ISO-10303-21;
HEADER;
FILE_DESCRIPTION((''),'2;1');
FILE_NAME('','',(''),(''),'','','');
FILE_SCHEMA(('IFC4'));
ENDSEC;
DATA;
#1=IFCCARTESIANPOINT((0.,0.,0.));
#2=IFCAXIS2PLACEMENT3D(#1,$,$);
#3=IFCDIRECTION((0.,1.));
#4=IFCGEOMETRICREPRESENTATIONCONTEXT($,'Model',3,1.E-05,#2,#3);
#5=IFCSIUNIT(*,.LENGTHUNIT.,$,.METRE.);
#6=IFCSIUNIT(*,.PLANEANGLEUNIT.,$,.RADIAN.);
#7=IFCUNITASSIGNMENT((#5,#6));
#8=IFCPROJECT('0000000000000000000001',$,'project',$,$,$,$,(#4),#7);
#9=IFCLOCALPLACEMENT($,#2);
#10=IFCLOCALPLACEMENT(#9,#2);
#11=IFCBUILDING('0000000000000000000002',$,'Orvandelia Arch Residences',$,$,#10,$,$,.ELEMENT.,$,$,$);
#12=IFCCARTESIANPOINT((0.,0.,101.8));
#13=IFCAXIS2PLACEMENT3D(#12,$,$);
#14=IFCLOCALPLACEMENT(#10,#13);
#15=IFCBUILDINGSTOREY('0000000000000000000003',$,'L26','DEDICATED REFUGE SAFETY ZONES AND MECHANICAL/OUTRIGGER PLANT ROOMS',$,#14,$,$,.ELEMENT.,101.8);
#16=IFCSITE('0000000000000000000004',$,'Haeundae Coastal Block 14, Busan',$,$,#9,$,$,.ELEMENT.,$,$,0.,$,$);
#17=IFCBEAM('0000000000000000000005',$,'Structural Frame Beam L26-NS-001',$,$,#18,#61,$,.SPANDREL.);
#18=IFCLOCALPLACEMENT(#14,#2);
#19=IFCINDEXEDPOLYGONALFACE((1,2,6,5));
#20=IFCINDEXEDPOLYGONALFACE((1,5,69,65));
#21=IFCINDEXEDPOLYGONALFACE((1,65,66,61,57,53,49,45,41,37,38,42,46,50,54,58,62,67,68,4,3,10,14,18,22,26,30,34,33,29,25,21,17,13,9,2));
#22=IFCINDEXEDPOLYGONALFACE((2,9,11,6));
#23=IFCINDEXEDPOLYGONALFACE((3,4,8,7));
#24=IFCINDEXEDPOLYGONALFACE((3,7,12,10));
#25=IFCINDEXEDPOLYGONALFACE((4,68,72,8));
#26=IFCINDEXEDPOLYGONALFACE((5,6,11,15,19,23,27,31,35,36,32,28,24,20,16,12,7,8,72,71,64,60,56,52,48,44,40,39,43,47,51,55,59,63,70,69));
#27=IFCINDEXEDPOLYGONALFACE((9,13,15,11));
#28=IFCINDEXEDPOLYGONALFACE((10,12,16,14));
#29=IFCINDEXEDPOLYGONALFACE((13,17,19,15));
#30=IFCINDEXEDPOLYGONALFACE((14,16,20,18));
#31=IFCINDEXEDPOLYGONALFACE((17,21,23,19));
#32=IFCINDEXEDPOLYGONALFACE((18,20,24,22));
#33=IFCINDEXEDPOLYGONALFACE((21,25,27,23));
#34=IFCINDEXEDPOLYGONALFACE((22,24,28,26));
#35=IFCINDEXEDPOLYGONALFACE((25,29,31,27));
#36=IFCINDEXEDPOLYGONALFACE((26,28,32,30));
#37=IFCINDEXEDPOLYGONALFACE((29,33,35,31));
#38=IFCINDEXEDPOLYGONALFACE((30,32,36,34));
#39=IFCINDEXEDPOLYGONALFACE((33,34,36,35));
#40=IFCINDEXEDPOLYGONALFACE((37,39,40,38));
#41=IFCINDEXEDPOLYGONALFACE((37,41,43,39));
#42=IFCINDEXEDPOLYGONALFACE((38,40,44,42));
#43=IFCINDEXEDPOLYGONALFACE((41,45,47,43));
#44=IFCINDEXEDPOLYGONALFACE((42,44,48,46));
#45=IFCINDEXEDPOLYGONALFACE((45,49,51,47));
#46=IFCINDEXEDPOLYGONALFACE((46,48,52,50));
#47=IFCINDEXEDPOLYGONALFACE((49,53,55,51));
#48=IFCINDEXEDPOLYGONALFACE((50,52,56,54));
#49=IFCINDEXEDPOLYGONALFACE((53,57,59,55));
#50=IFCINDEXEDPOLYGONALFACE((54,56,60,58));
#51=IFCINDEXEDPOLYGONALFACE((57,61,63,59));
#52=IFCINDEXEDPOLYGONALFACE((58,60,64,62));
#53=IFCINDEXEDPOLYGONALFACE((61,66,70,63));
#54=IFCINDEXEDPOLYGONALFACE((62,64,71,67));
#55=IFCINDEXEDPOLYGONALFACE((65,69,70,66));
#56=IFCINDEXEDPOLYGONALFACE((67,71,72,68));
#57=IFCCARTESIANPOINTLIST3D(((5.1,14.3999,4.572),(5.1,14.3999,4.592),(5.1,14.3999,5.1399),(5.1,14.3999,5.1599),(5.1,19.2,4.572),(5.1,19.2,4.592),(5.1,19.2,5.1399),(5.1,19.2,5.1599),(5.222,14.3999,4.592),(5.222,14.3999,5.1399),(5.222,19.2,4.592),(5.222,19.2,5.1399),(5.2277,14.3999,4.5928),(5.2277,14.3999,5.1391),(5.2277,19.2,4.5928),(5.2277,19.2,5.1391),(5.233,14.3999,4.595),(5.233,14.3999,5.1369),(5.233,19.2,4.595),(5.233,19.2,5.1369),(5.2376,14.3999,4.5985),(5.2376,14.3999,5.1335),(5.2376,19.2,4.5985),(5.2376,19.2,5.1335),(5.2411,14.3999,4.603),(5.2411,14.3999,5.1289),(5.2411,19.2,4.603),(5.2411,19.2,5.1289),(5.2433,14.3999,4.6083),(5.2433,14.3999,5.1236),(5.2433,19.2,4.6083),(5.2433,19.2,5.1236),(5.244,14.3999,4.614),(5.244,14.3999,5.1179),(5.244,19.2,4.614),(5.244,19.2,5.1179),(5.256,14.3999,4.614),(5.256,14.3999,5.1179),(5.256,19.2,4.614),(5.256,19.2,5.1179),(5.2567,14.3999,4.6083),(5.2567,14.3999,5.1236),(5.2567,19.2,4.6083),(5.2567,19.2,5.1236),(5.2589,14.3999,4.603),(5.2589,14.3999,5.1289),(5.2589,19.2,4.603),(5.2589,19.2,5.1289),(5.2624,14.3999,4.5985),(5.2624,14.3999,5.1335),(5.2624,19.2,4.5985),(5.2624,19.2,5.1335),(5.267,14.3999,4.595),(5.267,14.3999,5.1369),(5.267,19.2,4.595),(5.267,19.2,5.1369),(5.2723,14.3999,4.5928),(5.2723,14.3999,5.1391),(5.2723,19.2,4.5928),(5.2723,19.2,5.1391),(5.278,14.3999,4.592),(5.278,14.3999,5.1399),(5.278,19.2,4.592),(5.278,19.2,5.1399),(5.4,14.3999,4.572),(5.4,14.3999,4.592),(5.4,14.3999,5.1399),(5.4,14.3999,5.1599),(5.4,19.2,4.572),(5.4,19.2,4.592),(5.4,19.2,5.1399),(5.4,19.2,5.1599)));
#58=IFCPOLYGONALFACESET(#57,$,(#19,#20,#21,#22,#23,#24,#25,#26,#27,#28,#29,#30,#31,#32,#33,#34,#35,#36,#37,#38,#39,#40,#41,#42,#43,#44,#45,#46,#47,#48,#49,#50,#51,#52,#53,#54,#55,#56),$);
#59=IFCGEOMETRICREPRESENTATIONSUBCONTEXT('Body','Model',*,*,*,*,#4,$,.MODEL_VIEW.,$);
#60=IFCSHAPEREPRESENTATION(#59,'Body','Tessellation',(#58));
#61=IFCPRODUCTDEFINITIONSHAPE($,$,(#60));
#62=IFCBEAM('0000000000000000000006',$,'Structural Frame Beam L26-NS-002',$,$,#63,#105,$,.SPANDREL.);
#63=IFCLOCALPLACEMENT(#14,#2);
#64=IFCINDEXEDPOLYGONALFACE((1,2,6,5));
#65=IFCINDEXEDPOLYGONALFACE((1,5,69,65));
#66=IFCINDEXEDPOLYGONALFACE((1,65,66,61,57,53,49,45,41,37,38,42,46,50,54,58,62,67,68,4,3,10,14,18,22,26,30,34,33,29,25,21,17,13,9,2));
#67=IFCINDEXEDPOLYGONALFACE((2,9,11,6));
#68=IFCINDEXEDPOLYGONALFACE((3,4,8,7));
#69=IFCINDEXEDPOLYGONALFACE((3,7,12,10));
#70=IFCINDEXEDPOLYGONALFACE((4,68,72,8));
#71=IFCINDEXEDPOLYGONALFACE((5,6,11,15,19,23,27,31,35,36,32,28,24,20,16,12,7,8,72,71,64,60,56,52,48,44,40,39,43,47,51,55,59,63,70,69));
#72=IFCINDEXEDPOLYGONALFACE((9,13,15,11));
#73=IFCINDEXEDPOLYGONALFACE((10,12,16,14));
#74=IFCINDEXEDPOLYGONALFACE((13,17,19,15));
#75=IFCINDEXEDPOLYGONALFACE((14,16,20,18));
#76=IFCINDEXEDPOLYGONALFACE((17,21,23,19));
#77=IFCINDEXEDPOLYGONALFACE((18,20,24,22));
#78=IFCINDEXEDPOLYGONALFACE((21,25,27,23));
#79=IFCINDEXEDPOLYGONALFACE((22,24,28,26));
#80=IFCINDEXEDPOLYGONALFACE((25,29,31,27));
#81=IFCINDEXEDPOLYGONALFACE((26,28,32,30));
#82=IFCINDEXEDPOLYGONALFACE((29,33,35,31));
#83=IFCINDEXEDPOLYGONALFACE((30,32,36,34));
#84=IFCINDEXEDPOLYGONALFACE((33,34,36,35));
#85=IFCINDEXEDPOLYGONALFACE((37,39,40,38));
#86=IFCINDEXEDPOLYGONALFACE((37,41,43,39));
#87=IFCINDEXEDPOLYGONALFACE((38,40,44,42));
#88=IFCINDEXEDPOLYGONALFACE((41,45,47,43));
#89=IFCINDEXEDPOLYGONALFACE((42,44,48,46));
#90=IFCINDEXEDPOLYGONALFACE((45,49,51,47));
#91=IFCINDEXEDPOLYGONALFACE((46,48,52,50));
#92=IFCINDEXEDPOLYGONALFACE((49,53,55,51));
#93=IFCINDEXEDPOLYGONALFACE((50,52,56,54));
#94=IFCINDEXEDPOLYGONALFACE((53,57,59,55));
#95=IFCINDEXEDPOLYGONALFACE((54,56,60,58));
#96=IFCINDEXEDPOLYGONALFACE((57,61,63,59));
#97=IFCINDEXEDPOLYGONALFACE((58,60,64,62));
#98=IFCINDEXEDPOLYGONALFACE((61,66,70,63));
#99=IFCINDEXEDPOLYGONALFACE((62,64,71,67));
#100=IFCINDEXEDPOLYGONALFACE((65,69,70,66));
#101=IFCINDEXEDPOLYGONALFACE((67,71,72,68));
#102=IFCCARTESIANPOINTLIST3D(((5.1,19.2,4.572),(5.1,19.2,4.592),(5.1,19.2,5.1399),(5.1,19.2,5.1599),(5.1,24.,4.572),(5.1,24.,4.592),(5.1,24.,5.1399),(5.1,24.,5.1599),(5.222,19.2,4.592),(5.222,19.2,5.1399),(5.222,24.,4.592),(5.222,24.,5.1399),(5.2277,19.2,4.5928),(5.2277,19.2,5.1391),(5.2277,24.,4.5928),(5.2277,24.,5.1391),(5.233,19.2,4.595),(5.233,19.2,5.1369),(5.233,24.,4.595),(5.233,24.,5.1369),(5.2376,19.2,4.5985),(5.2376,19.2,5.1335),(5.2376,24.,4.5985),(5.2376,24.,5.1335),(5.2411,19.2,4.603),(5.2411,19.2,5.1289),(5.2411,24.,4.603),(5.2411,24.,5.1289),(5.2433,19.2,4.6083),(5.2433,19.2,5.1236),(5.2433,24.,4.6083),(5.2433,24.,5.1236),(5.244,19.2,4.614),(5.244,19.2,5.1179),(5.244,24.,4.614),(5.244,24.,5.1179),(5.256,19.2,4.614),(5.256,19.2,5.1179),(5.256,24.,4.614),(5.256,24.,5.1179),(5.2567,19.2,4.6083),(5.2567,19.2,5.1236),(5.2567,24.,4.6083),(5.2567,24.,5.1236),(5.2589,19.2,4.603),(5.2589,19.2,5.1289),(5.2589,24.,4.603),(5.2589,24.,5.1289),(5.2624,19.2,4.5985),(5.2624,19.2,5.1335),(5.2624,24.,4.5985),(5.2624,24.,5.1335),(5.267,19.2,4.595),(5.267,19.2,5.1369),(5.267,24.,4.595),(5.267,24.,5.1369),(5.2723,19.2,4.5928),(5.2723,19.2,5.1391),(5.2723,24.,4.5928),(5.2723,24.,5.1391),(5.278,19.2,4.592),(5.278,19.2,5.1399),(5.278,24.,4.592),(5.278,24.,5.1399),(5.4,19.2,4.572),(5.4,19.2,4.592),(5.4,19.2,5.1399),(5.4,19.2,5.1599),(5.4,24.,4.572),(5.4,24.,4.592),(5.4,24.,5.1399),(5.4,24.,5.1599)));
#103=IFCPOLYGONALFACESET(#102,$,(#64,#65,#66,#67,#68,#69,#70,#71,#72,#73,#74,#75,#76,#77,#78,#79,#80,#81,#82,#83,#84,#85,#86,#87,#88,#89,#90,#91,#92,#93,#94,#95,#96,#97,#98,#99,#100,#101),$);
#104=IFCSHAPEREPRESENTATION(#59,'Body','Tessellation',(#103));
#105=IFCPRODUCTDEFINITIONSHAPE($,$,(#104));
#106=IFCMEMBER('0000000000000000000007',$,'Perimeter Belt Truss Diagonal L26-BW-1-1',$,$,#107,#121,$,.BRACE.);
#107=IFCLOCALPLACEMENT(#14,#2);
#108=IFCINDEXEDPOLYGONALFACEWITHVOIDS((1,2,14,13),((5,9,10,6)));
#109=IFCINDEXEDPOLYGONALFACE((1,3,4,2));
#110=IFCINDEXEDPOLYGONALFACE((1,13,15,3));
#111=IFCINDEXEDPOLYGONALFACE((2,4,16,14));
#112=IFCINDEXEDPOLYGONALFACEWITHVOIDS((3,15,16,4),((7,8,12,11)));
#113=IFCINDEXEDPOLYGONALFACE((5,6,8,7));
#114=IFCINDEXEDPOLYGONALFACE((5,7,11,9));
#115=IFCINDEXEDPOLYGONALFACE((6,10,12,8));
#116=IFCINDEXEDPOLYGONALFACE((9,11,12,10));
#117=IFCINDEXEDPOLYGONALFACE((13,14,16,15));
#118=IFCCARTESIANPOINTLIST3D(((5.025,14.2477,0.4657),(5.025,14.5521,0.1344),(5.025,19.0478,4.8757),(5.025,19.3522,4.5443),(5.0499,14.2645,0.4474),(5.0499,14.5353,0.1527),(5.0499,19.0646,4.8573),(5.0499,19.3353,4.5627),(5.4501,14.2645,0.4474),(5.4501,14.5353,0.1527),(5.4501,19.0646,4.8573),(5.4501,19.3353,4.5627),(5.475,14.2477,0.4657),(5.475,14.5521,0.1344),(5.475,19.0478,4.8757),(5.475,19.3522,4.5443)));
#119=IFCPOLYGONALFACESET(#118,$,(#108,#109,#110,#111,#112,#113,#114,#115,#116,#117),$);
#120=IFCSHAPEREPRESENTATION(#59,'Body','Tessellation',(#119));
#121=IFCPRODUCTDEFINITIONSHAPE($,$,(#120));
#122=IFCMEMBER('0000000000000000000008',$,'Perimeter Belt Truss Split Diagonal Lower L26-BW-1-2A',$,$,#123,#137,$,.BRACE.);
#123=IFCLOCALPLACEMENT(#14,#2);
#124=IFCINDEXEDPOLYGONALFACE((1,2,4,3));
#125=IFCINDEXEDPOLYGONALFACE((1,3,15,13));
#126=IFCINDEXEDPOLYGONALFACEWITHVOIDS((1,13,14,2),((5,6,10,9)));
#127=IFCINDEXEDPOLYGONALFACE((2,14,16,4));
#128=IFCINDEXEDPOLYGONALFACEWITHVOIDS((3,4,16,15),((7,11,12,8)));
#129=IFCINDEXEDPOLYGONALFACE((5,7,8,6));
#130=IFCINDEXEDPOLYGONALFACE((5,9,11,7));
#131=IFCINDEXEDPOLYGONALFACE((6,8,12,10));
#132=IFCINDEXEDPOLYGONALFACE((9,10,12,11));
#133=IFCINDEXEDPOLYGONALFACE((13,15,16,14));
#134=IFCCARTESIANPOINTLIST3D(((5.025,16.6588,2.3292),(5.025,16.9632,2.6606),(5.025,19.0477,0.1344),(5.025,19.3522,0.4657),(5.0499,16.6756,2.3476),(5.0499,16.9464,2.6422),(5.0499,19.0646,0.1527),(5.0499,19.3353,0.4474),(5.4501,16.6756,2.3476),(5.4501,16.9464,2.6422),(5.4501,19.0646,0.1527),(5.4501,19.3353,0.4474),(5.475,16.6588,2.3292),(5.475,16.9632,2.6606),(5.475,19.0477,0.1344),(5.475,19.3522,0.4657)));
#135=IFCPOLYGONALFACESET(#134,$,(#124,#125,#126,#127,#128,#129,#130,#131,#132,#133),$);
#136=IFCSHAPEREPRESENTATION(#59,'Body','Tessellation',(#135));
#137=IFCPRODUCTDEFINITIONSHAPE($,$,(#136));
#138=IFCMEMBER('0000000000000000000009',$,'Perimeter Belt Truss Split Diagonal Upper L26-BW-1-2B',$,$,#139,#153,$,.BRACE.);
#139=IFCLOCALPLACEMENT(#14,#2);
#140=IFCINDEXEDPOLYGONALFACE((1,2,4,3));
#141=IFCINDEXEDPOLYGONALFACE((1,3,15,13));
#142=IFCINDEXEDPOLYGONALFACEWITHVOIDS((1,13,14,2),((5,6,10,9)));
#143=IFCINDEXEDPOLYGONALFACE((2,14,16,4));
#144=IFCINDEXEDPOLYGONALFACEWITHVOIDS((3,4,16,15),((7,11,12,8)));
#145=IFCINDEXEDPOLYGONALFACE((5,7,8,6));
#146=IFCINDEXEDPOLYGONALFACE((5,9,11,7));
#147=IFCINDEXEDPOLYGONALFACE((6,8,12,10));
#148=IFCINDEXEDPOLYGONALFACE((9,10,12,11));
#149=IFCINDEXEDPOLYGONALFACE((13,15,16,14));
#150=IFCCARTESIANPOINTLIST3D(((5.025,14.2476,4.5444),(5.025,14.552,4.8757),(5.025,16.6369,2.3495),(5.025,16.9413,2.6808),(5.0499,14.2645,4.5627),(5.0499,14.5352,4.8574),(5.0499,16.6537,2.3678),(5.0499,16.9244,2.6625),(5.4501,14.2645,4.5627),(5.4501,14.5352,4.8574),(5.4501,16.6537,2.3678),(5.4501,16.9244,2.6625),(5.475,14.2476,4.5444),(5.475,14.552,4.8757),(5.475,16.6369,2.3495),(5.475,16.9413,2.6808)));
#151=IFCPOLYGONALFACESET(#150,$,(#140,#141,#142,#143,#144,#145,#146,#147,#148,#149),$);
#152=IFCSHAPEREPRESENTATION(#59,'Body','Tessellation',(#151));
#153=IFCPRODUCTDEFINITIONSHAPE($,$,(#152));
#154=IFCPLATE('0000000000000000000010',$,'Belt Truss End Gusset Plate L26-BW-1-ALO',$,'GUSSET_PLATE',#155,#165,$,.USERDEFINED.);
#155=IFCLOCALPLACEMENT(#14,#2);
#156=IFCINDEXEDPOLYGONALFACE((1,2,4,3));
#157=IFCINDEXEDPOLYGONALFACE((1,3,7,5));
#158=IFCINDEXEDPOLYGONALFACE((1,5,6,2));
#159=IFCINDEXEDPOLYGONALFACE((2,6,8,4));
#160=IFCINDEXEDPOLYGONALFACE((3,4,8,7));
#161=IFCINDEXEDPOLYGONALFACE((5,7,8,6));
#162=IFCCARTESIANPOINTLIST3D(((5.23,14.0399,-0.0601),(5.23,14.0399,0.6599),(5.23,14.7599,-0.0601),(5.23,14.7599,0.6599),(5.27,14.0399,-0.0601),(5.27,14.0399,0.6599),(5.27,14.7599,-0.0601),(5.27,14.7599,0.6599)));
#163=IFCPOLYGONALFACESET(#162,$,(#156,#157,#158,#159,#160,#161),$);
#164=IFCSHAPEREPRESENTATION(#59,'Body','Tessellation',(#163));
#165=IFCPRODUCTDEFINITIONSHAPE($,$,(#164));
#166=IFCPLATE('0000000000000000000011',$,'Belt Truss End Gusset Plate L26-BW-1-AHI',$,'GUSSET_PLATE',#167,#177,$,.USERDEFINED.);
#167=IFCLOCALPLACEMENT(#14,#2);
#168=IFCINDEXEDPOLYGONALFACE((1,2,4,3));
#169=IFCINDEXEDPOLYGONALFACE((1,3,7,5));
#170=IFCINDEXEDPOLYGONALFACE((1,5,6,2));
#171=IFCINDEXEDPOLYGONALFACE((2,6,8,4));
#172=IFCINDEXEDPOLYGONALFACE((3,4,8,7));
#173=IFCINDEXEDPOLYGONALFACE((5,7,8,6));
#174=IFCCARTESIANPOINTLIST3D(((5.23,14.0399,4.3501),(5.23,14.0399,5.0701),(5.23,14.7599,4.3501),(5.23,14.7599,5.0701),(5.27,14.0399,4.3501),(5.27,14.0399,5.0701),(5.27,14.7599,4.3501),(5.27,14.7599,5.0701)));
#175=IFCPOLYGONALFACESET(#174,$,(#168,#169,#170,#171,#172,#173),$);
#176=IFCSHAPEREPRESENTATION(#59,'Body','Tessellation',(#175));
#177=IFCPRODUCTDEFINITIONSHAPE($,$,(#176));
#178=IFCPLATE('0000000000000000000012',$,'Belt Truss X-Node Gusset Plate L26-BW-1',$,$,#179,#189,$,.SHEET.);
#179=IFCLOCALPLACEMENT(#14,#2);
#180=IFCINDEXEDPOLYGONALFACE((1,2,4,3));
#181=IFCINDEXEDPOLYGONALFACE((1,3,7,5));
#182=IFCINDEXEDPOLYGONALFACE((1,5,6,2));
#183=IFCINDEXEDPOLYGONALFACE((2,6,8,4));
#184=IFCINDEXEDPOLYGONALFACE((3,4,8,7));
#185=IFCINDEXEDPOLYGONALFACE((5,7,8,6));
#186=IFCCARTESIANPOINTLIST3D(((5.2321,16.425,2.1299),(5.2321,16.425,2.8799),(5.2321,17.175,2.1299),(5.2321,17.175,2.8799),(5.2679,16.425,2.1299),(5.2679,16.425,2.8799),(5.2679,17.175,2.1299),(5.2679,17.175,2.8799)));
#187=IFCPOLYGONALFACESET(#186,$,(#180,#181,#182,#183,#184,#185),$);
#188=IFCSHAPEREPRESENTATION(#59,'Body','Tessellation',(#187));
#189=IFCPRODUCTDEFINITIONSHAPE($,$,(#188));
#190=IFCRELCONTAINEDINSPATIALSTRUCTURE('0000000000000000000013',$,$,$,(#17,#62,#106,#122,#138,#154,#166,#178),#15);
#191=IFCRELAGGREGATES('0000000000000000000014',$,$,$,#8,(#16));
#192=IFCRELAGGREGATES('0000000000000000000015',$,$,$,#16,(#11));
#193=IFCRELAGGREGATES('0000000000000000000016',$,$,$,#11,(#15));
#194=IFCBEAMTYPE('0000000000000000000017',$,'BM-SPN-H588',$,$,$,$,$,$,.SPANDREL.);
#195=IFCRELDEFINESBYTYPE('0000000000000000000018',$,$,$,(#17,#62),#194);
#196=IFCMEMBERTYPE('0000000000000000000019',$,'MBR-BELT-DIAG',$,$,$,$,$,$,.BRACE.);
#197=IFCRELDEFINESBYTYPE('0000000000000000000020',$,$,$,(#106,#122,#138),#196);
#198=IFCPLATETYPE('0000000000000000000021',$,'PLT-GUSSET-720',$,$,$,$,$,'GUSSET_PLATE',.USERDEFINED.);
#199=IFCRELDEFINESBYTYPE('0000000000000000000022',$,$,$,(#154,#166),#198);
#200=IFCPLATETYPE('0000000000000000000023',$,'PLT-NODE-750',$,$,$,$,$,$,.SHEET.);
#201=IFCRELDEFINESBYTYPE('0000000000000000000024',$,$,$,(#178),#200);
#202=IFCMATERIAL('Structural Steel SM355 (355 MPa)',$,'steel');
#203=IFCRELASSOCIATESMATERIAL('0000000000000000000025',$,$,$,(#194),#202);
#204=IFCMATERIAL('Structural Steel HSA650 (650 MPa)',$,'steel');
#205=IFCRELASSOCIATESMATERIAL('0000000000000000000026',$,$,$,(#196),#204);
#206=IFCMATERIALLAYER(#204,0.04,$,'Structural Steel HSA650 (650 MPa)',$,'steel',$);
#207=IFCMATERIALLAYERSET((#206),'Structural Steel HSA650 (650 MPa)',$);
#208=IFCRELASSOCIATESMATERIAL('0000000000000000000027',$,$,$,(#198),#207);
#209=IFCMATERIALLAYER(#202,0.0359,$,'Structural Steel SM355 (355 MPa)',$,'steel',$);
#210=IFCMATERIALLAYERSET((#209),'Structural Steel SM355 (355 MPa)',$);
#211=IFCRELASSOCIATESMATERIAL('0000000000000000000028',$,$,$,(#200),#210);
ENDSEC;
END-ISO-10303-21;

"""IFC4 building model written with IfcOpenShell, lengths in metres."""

from ifc_helpers import new_model, si_unit, direction, frame, origin, origin_2d, place, context, subcontext, project, spatial, rectangle, hollow_rectangle, i_section, extrude, material, layer, layer_set, material_profile, profile_set, type_object, element, save


model = new_model("IFC4")

# Units and contexts
model_context = context("Model", 3, precision=1e-05, world=origin(), true_north=direction((0.0, 1.0)))
body_context = subcontext(model_context, "Body", "Model", "MODEL_VIEW")
ifc_project = project(units=[si_unit("LENGTHUNIT", "METRE"), si_unit("PLANEANGLEUNIT", "RADIAN")], contexts=[model_context])

# Site, building, storey
site_placement = place(None, origin())
site = spatial("IfcSite", under=ifc_project, at=site_placement, Name="Haeundae Coastal Block 14, Busan", CompositionType="ELEMENT", RefElevation=0.0)
building_placement = place(site_placement, origin())
building = spatial("IfcBuilding", under=site, at=building_placement, Name="Orvandelia Arch Residences", CompositionType="ELEMENT")
storey_placement = place(building_placement, frame((0.0, 0.0, 101.8)))
storey = spatial("IfcBuildingStorey", under=building, at=storey_placement, Name="L26", Description="DEDICATED REFUGE SAFETY ZONES AND MECHANICAL/OUTRIGGER PLANT ROOMS", CompositionType="ELEMENT", Elevation=101.8)

# Beams
ifc_material_1 = material(Name="Structural Steel SM355 (355 MPa)", Category="steel")
ifc_material_profile_1 = material_profile(ifc_material_1, i_section(OverallWidth=0.3, OverallDepth=0.5879, WebThickness=0.012, FlangeThickness=0.02, FilletRadius=0.022, at=origin_2d()), Name="Structural Steel SM355 (355 MPa)", Category="steel")
ifc_profile_set_1 = profile_set([ifc_material_profile_1], Name="Structural Steel SM355 (355 MPa)")
beam_type_1 = type_object("IfcBeamType", Name="BM-SPN-H588", PredefinedType="SPANDREL", material=ifc_profile_set_1)
for number, where, z_axis, x_axis, name in (
    (1, (5.25, 14.3999, 4.866), (0.0, 1.0, 0.0), (-1.0, 0.0, 0.0), "Structural Frame Beam L26-NS-001"),
    (2, (5.25, 19.2, 4.866), (0.0, 1.0, 0.0), (-1.0, 0.0, 0.0), "Structural Frame Beam L26-NS-002"),
):
    element("IfcBeam", number, at=place(storey_placement, frame(where, z_axis=z_axis, x_axis=x_axis)), inside=storey, type_object=beam_type_1, Name=name, PredefinedType="SPANDREL", context=body_context, shape_type="SweptSolid", body=[
        extrude(i_section(OverallWidth=0.3, OverallDepth=0.5879, WebThickness=0.012, FlangeThickness=0.02, FilletRadius=0.022, at=origin_2d()), origin(), (0.0, 0.0, 1.0), 4.8),
    ])

# Members
ifc_material_2 = material(Name="Structural Steel HSA650 (650 MPa)", Category="steel")
ifc_material_profile_2 = material_profile(ifc_material_2, hollow_rectangle(XDim=0.45, YDim=0.45, WallThickness=0.0249, at=origin_2d()), Name="Structural Steel HSA650 (650 MPa)", Category="steel")
ifc_profile_set_2 = profile_set([ifc_material_profile_2], Name="Structural Steel HSA650 (650 MPa)")
member_type = type_object("IfcMemberType", Name="MBR-BELT-DIAG", PredefinedType="BRACE", material=ifc_profile_set_2)
member_1_placement = place(storey_placement, frame((5.25, 14.3999, 0.3), z_axis=(0.0, 0.7364, 0.676547), x_axis=(-1.0, 0.0, 0.0)))
element("IfcMember", 3, at=member_1_placement, inside=storey, type_object=member_type, Name="Perimeter Belt Truss Diagonal L26-BW-1-1", PredefinedType="BRACE", context=body_context, shape_type="SweptSolid", body=[
    extrude(hollow_rectangle(XDim=0.45, YDim=0.45, WallThickness=0.0249, at=origin_2d()), origin(), (0.0, 0.0, 1.0), 6.5183),
])
member_2_placement = place(storey_placement, frame((5.25, 19.2, 0.3), z_axis=(0.0, -0.736388, 0.676559), x_axis=(1.0, 0.0, 0.0)))
element("IfcMember", 4, at=member_2_placement, inside=storey, type_object=member_type, Name="Perimeter Belt Truss Split Diagonal Lower L26-BW-1-2A", PredefinedType="BRACE", context=body_context, shape_type="SweptSolid", body=[
    extrude(hollow_rectangle(XDim=0.45, YDim=0.45, WallThickness=0.0249, at=origin_2d()), origin(), (0.0, 0.0, 1.0), 3.2441),
])
member_3_placement = place(storey_placement, frame((5.25, 16.7891, 2.5151), z_axis=(0.0, -0.736423, 0.676522), x_axis=(1.0, 0.0, 0.0)))
element("IfcMember", 5, at=member_3_placement, inside=storey, type_object=member_type, Name="Perimeter Belt Truss Split Diagonal Upper L26-BW-1-2B", PredefinedType="BRACE", context=body_context, shape_type="SweptSolid", body=[
    extrude(hollow_rectangle(XDim=0.45, YDim=0.45, WallThickness=0.0249, at=origin_2d()), origin(), (0.0, 0.0, 1.0), 3.2444),
])

# Plates
ifc_layer_1 = layer(ifc_material_2, 0.04, Name="Structural Steel HSA650 (650 MPa)", Category="steel")
ifc_layer_set_1 = layer_set([ifc_layer_1], Name="Structural Steel HSA650 (650 MPa)")
plate_type_1 = type_object("IfcPlateType", Name="PLT-GUSSET-720", ElementType="GUSSET_PLATE", PredefinedType="USERDEFINED", material=ifc_layer_set_1)
for number, where, z_axis, x_axis, name in (
    (6, (5.25, 14.3999, -0.0601), (0.0, 0.0, 1.0), (0.0, 1.0, 0.0), "Belt Truss End Gusset Plate L26-BW-1-ALO"),
    (7, (5.25, 14.3999, 4.3501), (0.0, 0.0, 1.0), (0.0, 1.0, 0.0), "Belt Truss End Gusset Plate L26-BW-1-AHI"),
):
    element("IfcPlate", number, at=place(storey_placement, frame(where, z_axis=z_axis, x_axis=x_axis)), inside=storey, type_object=plate_type_1, Name=name, ObjectType="GUSSET_PLATE", PredefinedType="USERDEFINED", context=body_context, shape_type="SweptSolid", body=[
        extrude(rectangle(XDim=0.72, YDim=0.04, at=origin_2d()), origin(), (0.0, 0.0, 1.0), 0.72),
    ])
ifc_layer_2 = layer(ifc_material_1, 0.0359, Name="Structural Steel SM355 (355 MPa)", Category="steel")
ifc_layer_set_2 = layer_set([ifc_layer_2], Name="Structural Steel SM355 (355 MPa)")
plate_type_2 = type_object("IfcPlateType", Name="PLT-NODE-750", PredefinedType="SHEET", material=ifc_layer_set_2)
plate_placement = place(storey_placement, frame((5.25, 16.8, 2.1299), z_axis=(0.0, 0.0, 1.0), x_axis=(0.0, 1.0, 0.0)))
element("IfcPlate", 8, at=plate_placement, inside=storey, type_object=plate_type_2, Name="Belt Truss X-Node Gusset Plate L26-BW-1", PredefinedType="SHEET", context=body_context, shape_type="SweptSolid", body=[
    extrude(rectangle(XDim=0.75, YDim=0.0359, at=origin_2d()), origin(), (0.0, 0.0, 1.0), 0.75),
])

save(model, "model.ifc")
